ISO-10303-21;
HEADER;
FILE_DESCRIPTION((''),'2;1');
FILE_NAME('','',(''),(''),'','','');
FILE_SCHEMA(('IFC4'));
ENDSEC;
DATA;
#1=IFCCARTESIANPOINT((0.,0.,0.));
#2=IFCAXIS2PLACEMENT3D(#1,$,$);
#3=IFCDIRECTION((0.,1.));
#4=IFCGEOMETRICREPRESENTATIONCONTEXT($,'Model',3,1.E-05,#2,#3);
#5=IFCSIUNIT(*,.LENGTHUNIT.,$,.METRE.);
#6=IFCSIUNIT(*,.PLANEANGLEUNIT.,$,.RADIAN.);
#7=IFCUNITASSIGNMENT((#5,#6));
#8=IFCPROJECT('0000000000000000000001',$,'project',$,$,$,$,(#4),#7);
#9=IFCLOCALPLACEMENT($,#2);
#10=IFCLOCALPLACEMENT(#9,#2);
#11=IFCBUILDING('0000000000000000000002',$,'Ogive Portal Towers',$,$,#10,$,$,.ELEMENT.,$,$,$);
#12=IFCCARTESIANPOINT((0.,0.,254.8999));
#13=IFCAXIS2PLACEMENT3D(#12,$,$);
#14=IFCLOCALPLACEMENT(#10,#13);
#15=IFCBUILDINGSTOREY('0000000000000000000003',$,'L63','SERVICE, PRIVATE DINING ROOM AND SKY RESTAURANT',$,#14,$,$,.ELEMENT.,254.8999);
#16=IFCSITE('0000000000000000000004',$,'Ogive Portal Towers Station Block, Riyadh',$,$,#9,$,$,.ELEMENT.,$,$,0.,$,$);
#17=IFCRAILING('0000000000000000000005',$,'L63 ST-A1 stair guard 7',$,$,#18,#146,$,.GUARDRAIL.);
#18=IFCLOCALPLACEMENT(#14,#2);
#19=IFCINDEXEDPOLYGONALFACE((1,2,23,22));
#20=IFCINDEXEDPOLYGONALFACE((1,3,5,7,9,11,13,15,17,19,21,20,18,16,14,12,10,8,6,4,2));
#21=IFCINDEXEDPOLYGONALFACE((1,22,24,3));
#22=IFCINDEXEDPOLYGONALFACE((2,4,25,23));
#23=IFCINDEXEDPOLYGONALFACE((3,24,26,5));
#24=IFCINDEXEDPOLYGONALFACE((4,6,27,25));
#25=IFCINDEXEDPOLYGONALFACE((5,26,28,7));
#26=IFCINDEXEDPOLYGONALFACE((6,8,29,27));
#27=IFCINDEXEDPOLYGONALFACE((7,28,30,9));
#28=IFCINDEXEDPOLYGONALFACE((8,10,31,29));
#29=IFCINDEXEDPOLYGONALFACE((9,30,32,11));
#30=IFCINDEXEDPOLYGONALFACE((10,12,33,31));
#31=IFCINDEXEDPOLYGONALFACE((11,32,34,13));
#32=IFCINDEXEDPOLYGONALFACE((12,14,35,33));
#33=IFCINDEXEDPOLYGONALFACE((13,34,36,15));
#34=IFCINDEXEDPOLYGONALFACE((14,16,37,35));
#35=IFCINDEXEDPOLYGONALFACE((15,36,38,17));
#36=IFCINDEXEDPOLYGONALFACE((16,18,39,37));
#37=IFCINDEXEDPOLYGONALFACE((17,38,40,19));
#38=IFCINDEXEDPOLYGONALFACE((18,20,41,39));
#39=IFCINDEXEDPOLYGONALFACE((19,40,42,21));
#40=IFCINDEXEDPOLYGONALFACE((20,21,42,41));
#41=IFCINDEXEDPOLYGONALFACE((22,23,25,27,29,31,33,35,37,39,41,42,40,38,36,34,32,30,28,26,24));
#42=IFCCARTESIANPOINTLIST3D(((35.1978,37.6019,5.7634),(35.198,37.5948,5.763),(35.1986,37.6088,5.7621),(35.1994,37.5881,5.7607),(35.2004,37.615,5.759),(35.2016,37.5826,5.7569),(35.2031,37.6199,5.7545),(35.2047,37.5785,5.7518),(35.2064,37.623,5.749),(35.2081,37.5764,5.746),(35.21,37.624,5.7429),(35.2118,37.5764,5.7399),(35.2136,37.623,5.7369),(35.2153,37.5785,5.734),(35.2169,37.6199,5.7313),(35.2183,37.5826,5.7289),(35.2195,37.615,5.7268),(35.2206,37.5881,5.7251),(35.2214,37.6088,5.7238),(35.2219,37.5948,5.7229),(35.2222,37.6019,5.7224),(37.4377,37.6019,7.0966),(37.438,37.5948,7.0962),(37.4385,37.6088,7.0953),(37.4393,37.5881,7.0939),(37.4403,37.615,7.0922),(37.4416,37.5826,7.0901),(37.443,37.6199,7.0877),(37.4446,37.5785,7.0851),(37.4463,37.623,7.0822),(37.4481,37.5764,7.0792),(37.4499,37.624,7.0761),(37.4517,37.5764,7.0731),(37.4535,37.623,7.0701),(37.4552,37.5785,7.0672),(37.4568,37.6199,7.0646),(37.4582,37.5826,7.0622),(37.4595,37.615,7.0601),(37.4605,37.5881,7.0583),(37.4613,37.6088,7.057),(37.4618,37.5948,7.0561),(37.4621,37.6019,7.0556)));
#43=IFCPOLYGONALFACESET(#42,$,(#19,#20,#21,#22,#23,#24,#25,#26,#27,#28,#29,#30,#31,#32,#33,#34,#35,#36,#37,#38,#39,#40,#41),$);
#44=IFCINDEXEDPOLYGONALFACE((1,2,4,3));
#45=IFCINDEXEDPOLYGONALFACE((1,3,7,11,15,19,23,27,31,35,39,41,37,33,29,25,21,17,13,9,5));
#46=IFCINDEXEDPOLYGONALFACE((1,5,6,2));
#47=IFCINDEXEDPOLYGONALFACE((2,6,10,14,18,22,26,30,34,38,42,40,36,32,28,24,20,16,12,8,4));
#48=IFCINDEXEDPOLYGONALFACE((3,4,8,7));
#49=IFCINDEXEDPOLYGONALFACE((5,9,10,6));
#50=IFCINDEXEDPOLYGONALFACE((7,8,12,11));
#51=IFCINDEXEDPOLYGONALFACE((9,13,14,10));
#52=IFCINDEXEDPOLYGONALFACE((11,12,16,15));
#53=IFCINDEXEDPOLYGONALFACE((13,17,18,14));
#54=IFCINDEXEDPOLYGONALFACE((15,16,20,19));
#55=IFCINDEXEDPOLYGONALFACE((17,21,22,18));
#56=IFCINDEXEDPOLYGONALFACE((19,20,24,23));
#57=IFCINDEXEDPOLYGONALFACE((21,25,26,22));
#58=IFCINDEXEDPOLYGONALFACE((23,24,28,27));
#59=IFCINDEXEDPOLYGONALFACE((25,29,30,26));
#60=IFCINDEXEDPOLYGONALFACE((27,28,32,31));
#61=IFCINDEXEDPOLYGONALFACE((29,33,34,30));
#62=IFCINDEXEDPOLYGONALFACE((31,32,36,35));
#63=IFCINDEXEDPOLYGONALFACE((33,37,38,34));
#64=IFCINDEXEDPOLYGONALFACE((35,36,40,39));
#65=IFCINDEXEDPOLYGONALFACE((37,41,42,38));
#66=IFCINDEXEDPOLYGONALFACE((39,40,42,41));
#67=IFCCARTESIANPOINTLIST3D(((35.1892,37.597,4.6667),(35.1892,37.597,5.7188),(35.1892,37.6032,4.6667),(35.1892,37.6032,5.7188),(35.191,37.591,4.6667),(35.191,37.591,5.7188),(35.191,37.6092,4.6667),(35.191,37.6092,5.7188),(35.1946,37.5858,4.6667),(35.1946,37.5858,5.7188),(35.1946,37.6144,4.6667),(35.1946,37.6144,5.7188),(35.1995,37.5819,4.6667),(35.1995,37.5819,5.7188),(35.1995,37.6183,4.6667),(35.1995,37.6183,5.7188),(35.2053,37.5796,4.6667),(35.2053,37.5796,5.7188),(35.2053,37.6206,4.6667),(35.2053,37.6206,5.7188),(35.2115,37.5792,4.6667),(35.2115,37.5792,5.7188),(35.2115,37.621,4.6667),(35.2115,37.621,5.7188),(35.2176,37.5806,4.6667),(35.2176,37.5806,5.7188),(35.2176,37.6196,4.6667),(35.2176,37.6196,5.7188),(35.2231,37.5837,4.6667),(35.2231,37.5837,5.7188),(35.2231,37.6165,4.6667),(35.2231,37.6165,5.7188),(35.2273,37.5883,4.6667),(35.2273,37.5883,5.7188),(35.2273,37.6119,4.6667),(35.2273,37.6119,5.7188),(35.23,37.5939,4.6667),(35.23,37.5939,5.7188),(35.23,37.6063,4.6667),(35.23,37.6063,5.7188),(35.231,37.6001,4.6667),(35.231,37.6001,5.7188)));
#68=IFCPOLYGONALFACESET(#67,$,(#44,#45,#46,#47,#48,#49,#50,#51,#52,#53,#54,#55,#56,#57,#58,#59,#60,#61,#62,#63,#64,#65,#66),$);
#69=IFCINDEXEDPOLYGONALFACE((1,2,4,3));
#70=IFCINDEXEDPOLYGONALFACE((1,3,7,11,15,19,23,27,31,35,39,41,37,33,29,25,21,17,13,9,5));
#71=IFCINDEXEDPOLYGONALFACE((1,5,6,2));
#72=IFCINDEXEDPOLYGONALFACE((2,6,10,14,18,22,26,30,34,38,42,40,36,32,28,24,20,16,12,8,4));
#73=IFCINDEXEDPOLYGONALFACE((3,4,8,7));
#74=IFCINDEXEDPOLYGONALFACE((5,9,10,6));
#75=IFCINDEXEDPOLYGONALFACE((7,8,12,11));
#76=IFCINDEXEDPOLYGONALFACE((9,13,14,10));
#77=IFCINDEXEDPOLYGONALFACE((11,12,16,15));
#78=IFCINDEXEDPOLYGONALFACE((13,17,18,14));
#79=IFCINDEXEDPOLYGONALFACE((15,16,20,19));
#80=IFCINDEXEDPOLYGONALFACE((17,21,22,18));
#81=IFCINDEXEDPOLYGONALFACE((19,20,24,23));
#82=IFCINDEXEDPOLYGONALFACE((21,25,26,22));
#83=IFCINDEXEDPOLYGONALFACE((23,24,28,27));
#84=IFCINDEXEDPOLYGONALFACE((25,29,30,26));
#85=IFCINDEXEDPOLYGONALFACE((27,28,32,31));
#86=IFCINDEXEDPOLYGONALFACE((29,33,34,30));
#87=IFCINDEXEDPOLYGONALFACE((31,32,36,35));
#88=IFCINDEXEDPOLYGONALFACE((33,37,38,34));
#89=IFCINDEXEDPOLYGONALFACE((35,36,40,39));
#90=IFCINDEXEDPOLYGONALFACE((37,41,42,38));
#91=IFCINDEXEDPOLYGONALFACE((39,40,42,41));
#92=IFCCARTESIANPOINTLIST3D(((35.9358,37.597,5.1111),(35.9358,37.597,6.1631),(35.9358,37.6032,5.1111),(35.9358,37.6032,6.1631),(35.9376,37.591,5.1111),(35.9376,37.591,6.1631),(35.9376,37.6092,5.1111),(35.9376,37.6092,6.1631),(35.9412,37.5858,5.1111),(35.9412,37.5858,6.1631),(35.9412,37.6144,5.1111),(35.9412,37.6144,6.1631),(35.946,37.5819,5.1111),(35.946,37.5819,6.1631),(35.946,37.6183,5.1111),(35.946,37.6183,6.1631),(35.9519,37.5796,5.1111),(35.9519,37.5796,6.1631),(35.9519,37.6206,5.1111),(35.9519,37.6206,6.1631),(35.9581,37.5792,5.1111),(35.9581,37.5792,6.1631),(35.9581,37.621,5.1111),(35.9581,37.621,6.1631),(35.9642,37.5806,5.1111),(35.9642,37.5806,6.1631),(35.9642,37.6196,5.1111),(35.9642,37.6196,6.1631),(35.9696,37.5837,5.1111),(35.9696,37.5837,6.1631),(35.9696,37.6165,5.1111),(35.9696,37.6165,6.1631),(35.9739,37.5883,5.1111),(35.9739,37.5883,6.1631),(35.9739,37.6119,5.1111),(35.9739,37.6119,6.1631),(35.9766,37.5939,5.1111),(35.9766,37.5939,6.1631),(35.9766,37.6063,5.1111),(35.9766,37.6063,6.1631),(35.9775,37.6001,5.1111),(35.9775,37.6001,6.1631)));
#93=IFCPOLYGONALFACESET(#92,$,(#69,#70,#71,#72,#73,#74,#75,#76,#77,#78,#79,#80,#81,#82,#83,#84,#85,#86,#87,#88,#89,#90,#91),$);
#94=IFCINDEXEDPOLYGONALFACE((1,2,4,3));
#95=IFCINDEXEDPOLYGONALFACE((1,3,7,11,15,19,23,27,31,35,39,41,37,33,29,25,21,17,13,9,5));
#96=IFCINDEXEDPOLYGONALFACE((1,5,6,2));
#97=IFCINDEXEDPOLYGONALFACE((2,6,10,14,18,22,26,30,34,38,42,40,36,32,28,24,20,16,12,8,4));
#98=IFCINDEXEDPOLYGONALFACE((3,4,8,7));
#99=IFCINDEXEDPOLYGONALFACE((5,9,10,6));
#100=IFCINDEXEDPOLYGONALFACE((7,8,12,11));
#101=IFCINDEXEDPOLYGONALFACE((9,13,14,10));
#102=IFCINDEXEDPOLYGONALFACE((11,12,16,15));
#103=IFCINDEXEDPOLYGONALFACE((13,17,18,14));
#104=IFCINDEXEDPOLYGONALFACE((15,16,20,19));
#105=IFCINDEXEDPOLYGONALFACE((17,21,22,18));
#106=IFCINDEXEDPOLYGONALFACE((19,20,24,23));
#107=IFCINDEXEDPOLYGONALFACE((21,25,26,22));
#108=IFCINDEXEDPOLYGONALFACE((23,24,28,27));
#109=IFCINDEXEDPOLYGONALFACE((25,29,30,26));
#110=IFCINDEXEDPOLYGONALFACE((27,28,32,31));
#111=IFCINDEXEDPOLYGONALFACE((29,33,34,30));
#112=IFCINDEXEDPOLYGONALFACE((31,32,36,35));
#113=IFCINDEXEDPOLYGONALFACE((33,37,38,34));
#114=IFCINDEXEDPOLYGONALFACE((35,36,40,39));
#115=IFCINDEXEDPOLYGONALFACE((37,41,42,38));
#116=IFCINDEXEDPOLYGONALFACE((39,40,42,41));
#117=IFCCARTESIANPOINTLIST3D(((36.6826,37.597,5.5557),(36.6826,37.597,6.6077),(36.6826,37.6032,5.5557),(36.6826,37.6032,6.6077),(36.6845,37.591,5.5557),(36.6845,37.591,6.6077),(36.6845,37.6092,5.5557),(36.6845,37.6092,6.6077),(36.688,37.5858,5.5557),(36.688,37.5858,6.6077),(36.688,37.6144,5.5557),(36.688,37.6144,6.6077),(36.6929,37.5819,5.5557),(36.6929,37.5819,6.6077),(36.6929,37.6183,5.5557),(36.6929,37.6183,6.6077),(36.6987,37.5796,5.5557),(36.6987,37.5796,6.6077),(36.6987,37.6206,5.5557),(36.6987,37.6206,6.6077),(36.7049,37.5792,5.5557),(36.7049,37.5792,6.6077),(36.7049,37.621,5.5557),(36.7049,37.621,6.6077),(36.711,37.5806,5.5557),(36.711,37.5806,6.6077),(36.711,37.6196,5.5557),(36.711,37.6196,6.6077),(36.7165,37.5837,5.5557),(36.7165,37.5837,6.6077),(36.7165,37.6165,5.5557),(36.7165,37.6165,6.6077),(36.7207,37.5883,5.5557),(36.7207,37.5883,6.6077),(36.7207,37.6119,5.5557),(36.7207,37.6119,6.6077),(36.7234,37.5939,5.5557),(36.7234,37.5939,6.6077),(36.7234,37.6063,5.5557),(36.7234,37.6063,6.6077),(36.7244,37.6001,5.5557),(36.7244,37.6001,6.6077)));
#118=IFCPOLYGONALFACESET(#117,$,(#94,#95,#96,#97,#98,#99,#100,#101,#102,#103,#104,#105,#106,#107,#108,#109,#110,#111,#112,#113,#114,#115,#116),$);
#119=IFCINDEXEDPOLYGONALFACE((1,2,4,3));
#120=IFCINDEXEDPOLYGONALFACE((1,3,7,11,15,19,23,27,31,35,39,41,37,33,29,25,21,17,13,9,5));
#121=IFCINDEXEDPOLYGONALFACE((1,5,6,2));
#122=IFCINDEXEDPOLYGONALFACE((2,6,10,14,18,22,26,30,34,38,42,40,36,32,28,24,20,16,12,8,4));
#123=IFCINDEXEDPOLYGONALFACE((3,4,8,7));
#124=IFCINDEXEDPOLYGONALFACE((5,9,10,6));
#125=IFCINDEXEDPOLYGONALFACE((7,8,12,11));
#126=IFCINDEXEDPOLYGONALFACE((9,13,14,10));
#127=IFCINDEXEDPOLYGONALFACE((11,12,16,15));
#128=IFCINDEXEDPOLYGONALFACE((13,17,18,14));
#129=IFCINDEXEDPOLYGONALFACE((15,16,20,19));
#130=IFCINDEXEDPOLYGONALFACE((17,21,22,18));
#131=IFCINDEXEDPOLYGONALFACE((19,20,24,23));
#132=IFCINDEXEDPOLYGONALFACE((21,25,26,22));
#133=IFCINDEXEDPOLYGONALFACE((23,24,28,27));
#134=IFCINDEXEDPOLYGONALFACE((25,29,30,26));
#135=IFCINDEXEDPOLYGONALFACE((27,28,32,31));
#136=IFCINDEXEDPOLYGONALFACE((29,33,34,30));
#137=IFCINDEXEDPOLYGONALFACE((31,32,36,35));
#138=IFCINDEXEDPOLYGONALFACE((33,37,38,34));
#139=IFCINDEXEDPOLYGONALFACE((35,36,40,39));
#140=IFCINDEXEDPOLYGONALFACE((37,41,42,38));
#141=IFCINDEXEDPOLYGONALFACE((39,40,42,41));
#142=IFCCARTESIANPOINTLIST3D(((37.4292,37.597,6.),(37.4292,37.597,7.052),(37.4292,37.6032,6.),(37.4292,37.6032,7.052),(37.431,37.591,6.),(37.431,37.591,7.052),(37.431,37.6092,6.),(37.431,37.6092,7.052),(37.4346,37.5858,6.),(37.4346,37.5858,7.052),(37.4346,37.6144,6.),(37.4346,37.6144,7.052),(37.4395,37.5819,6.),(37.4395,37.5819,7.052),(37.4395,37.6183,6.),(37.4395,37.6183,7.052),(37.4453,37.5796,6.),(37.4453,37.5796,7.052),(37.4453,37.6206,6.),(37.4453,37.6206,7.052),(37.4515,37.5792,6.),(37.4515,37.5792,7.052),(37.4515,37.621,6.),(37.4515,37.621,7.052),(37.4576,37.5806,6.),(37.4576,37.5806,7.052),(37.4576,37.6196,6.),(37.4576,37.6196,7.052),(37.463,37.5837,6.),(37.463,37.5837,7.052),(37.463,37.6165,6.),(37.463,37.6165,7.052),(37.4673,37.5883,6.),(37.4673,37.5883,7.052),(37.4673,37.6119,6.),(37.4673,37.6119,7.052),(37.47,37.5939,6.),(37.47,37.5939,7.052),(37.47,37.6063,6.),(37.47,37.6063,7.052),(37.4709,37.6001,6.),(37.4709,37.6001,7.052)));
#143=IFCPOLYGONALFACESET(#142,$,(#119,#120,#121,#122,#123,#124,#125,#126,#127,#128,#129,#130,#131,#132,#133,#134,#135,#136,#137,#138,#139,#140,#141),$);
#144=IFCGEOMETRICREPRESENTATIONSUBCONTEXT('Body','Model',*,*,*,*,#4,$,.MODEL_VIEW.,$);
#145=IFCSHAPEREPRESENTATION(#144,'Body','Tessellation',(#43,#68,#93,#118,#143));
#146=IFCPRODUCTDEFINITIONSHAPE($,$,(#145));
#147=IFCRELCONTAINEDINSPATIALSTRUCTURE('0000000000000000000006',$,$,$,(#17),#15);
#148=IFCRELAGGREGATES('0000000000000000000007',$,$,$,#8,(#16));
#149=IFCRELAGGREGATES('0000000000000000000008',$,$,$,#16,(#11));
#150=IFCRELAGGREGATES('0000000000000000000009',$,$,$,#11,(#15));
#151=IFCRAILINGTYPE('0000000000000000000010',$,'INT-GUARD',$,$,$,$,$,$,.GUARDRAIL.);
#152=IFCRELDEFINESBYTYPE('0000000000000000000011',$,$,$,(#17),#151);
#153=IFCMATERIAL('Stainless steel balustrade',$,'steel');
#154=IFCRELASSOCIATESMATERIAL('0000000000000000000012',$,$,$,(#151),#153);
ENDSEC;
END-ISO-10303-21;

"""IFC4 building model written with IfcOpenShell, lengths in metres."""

from ifc_helpers import new_model, si_unit, direction, frame, origin, origin_2d, place, context, subcontext, project, spatial, circle, extrude, material, type_object, element, save


model = new_model("IFC4")

# Units and contexts
model_context = context("Model", 3, precision=1e-05, world=origin(), true_north=direction((0.0, 1.0)))
body_context = subcontext(model_context, "Body", "Model", "MODEL_VIEW")
ifc_project = project(units=[si_unit("LENGTHUNIT", "METRE"), si_unit("PLANEANGLEUNIT", "RADIAN")], contexts=[model_context])

# Site, building, storey
site_placement = place(None, origin())
site = spatial("IfcSite", under=ifc_project, at=site_placement, Name="Ogive Portal Towers Station Block, Riyadh", CompositionType="ELEMENT", RefElevation=0.0)
building_placement = place(site_placement, origin())
building = spatial("IfcBuilding", under=site, at=building_placement, Name="Ogive Portal Towers", CompositionType="ELEMENT")
storey_placement = place(building_placement, frame((0.0, 0.0, 254.8999)))
storey = spatial("IfcBuildingStorey", under=building, at=storey_placement, Name="L63", Description="SERVICE, PRIVATE DINING ROOM AND SKY RESTAURANT", CompositionType="ELEMENT", Elevation=254.8999)

# Railing
ifc_material_1 = material(Name="Stainless steel balustrade", Category="steel")
railing_type_1 = type_object("IfcRailingType", Name="INT-GUARD", PredefinedType="GUARDRAIL", material=ifc_material_1)
railing_1_placement = place(storey_placement, frame((35.21, 37.6001, 4.6667)))
element("IfcRailing", 1, at=railing_1_placement, inside=storey, type_object=railing_type_1, Name="L63 ST-A1 stair guard 7", PredefinedType="GUARDRAIL", context=body_context, shape_type="SweptSolid", body=[
    extrude(circle(Radius=0.0239, at=origin_2d()), frame((0.0, 0.0, 1.0762), z_axis=(0.859306, 0.0, 0.511462), x_axis=(0.0, 1.0, 0.0)), (0.0, 0.0, 1.0), 2.6067),
    extrude(circle(Radius=0.021, at=origin_2d()), origin(), (0.0, 0.0, 1.0), 1.052),
    extrude(circle(Radius=0.021, at=origin_2d()), frame((0.7466, 0.0, 0.4443)), (0.0, 0.0, 1.0), 1.052),
    extrude(circle(Radius=0.021, at=origin_2d()), frame((1.4934, 0.0, 0.8889)), (0.0, 0.0, 1.0), 1.052),
    extrude(circle(Radius=0.021, at=origin_2d()), frame((2.24, 0.0, 1.3333)), (0.0, 0.0, 1.0), 1.052),
])

save(model, "model.ifc")
